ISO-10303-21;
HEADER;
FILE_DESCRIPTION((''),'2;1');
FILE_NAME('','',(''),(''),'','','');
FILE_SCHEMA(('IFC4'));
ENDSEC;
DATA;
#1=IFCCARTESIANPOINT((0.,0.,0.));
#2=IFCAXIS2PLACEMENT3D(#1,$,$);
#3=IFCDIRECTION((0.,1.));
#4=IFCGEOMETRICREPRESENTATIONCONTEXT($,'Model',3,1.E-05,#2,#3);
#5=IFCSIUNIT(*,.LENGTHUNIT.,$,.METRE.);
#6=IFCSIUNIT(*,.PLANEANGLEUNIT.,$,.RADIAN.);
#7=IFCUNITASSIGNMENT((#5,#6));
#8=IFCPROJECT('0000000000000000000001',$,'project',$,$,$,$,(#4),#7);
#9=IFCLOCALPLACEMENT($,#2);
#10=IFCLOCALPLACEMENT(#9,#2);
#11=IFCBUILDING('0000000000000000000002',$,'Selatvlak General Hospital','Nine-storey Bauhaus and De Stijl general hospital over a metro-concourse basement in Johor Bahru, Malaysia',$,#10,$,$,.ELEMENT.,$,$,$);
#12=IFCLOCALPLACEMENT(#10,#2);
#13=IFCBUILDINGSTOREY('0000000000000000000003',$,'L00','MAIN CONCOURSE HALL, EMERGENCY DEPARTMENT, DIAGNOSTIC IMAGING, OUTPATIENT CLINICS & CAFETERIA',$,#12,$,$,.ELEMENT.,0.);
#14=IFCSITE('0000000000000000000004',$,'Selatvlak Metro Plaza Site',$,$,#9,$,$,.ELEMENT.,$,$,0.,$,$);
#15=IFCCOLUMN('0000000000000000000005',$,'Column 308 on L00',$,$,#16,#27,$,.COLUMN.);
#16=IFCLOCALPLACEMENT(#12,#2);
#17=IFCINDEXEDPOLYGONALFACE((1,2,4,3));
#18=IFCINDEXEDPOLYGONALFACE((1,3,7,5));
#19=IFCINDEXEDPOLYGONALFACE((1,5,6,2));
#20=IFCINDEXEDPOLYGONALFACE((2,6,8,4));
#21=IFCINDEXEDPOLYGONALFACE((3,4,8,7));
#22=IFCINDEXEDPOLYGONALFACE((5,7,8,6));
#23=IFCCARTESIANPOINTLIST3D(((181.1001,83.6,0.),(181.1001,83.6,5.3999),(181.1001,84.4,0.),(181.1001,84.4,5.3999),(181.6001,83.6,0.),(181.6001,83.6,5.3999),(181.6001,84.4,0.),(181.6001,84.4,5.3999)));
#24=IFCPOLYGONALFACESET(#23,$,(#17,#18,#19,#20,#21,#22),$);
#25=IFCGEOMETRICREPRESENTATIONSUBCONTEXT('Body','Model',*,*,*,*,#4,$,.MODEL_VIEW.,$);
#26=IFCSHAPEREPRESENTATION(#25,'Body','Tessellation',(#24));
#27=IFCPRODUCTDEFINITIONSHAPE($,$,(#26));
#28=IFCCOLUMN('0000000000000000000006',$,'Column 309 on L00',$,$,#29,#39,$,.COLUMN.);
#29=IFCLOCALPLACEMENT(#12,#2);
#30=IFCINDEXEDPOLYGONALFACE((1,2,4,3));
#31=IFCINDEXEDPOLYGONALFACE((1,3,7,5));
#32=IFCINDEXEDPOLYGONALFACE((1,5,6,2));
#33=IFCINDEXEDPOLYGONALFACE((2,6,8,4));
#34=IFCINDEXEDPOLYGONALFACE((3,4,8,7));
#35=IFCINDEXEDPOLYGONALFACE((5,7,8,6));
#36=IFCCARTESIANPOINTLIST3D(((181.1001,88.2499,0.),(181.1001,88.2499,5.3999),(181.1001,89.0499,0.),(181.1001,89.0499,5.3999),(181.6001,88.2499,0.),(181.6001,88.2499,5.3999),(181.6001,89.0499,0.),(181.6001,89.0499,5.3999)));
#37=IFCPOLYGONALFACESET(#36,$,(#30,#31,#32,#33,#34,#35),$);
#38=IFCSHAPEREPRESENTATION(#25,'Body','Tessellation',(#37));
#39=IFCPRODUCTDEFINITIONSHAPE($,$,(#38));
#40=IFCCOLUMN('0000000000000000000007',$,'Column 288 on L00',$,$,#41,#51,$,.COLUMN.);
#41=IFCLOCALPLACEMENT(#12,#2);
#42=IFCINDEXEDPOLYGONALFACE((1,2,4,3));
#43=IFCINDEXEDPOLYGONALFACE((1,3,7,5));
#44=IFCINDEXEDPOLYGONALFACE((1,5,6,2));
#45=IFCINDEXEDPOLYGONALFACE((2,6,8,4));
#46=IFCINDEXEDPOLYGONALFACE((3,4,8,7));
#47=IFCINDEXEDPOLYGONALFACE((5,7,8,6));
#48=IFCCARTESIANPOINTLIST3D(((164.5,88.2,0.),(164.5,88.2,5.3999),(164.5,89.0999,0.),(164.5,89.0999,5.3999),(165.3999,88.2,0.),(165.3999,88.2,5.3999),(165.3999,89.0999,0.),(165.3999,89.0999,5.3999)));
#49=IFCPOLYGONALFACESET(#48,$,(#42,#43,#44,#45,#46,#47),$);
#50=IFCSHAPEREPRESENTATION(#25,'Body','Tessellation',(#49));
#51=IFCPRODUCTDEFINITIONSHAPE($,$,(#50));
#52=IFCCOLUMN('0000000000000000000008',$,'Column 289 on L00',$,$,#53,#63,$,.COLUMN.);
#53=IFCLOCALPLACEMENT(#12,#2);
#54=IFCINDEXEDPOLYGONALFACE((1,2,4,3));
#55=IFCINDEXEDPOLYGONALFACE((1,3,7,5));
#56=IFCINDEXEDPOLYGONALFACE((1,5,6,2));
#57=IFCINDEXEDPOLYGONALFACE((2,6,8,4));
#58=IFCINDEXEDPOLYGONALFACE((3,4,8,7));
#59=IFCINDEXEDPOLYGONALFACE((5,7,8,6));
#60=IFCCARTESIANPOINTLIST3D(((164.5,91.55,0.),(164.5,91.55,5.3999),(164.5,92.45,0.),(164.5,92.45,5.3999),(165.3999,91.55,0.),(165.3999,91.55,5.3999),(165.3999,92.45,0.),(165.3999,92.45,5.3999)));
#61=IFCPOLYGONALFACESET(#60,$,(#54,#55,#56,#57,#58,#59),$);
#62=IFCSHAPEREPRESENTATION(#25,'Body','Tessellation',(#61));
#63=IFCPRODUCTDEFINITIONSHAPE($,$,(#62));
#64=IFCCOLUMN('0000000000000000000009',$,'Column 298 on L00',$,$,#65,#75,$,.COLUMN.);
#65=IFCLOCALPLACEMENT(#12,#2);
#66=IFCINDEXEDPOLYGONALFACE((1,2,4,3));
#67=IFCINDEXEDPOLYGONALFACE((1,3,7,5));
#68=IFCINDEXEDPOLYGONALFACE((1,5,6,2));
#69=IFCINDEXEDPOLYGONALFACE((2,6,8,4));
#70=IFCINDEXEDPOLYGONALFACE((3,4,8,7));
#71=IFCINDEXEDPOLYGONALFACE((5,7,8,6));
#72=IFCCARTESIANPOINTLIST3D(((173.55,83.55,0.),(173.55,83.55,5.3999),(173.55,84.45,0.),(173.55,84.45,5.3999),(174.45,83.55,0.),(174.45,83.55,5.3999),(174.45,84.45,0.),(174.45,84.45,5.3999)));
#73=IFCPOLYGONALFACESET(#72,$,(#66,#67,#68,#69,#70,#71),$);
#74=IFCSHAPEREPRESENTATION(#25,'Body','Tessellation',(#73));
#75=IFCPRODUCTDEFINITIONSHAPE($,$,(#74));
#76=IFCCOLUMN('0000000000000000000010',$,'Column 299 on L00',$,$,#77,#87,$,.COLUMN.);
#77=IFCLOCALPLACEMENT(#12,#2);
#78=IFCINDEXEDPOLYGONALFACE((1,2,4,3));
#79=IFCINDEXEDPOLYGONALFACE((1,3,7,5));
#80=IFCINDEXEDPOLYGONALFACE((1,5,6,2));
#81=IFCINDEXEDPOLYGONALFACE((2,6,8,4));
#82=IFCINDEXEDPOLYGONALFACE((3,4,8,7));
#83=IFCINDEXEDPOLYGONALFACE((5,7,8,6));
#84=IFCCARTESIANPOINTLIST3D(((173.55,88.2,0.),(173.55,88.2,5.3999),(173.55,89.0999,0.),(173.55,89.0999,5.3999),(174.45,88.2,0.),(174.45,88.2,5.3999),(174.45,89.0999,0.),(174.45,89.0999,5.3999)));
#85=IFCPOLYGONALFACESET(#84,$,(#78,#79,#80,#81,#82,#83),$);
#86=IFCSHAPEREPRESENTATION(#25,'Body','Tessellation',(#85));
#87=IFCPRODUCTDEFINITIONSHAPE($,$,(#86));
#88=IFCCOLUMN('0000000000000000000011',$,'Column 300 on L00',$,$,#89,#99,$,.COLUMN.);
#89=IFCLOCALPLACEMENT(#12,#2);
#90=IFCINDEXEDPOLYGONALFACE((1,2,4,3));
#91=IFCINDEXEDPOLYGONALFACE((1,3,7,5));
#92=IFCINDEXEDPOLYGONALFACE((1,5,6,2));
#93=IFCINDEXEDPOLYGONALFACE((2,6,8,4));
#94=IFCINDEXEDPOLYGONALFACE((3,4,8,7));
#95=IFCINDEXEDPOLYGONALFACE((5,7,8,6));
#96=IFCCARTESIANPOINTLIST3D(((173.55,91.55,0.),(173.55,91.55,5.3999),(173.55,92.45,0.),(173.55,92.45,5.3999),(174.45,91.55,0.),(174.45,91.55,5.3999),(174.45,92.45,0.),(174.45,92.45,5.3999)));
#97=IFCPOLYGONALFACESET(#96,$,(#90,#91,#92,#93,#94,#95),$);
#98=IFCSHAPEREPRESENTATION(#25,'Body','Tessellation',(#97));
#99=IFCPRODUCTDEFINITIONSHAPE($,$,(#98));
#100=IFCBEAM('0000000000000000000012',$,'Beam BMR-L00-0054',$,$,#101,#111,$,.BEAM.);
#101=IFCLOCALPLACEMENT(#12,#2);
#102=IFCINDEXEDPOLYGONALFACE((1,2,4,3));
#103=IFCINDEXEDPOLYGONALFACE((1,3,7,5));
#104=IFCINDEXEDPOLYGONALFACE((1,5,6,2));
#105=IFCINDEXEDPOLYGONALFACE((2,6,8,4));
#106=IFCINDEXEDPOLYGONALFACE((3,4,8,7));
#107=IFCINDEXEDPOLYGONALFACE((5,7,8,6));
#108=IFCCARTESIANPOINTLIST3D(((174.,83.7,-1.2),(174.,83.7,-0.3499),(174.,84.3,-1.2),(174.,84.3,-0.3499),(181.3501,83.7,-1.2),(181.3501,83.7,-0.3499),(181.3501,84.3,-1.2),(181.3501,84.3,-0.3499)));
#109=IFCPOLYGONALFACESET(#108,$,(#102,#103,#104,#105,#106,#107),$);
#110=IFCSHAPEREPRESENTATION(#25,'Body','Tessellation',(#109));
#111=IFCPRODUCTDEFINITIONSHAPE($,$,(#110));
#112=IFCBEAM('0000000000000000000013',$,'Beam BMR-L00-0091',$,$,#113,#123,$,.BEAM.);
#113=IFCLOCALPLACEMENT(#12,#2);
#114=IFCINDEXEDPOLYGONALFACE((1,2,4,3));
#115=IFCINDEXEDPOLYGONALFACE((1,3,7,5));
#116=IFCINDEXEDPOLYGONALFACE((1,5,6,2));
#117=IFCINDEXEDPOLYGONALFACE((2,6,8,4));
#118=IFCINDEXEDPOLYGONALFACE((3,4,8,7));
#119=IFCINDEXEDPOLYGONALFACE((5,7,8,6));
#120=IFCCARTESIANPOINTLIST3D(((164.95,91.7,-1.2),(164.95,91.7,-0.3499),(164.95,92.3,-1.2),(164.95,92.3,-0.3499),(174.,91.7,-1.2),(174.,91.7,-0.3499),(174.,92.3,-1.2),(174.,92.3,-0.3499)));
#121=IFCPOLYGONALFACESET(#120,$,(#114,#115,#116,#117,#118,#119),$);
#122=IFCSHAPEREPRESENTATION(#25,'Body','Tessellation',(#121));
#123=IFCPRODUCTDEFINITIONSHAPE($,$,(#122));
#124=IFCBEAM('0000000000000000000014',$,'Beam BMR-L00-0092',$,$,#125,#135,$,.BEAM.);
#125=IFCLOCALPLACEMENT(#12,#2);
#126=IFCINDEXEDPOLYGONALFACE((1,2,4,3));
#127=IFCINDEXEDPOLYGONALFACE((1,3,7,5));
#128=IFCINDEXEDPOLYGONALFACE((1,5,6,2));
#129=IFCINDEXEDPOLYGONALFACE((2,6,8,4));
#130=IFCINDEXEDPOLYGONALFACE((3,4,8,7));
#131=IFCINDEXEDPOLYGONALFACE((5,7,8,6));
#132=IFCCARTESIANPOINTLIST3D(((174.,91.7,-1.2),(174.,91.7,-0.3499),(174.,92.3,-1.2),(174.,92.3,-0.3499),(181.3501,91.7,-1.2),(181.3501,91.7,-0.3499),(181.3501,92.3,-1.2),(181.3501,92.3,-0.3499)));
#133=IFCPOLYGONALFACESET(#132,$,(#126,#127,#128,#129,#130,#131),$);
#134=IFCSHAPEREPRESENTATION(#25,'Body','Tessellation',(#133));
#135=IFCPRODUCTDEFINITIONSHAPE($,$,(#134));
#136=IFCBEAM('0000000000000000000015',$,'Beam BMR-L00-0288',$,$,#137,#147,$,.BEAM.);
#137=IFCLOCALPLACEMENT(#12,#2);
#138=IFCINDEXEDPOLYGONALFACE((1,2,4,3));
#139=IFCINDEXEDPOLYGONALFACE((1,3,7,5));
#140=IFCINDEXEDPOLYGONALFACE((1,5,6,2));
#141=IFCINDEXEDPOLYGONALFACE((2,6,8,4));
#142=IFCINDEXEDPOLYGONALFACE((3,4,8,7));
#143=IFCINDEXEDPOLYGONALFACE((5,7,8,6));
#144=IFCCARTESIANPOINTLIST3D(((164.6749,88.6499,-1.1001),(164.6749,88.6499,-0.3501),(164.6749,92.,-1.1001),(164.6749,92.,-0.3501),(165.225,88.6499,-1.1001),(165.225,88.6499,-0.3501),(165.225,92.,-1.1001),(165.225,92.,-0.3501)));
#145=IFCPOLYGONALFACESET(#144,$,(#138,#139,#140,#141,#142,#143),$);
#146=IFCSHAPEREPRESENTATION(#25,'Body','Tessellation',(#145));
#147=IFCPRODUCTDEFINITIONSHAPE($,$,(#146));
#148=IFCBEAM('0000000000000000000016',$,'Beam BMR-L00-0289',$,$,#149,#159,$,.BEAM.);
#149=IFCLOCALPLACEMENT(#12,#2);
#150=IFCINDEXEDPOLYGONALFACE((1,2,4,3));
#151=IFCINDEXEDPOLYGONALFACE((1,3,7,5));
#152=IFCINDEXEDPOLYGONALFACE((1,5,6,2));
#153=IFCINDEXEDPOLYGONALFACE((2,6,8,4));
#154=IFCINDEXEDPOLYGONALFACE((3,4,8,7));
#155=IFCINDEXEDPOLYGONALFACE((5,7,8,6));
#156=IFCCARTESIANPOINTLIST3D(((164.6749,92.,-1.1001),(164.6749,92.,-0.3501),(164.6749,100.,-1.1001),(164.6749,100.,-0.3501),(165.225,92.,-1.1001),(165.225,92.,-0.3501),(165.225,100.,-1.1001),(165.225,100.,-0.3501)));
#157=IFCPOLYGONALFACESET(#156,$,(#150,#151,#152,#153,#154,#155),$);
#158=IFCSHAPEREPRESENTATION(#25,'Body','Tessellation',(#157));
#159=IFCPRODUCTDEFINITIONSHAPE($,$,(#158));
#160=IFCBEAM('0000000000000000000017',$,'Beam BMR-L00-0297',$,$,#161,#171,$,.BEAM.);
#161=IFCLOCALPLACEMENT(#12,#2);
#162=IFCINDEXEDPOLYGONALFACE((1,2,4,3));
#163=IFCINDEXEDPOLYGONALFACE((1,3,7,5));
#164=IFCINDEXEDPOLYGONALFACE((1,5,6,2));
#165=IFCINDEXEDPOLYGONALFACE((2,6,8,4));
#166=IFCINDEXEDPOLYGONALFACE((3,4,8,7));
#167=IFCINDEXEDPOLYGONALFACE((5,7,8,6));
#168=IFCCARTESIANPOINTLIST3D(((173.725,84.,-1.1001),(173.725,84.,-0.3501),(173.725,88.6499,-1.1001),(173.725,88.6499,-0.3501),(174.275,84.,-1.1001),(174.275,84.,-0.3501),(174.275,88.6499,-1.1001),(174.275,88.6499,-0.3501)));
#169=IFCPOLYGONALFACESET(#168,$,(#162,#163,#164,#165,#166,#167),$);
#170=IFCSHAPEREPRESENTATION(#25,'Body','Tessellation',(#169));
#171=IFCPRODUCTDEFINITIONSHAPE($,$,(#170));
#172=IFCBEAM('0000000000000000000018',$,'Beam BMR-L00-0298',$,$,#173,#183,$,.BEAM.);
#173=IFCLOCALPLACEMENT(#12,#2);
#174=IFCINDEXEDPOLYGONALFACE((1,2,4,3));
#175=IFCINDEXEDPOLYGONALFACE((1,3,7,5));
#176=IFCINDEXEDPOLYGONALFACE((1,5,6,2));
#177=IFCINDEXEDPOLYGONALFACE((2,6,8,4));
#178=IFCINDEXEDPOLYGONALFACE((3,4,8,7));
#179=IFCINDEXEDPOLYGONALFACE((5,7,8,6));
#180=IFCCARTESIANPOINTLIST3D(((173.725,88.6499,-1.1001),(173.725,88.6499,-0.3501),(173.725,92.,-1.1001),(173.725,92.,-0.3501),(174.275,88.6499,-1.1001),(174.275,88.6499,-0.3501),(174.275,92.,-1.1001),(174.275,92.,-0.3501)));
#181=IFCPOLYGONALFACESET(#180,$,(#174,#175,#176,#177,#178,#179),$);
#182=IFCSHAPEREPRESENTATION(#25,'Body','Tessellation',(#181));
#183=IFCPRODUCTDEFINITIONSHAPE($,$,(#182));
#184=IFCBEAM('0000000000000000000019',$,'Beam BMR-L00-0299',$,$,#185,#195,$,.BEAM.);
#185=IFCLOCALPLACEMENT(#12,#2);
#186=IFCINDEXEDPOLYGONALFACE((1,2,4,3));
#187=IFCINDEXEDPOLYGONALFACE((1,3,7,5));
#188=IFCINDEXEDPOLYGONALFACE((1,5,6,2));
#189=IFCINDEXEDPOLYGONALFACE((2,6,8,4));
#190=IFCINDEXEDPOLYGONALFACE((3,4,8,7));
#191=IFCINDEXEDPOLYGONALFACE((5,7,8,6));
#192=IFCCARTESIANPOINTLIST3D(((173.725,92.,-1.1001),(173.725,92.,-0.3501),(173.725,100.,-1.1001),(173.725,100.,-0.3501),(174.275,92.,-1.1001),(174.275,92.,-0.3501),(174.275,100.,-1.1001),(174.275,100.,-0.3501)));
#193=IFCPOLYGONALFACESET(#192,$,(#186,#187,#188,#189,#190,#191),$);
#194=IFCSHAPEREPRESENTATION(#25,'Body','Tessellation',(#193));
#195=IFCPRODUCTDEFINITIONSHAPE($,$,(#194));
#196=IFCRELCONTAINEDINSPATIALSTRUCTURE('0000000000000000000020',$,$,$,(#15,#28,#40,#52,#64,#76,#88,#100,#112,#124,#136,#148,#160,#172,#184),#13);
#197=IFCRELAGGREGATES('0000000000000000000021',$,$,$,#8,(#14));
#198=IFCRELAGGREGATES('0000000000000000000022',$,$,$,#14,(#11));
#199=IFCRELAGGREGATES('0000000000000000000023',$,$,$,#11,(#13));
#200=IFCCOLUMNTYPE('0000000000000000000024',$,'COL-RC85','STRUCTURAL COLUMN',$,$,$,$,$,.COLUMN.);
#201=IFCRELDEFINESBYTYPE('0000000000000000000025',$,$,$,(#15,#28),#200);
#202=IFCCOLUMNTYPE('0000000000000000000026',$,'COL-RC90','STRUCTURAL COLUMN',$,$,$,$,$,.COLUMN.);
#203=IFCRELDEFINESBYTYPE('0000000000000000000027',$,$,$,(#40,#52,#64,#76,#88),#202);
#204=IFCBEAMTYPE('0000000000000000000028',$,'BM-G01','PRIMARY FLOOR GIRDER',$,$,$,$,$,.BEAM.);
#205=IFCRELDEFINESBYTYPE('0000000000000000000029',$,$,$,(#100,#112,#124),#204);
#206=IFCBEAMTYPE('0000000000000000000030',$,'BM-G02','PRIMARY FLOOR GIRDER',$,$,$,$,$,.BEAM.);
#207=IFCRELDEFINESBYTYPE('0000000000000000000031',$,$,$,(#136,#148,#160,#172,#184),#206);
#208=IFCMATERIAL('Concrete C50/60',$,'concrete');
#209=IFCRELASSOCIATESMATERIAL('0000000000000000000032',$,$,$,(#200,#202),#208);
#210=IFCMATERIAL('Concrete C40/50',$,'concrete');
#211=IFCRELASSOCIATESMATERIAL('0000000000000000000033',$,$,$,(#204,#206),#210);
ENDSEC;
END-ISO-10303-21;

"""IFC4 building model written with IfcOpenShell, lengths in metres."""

from ifc_helpers import new_model, si_unit, direction, frame, origin, origin_2d, place, context, subcontext, project, spatial, rectangle, extrude, material, material_profile, profile_set, type_object, element, save


model = new_model("IFC4")

# Units and contexts
model_context = context("Model", 3, precision=1e-05, world=origin(), true_north=direction((0.0, 1.0)))
body_context = subcontext(model_context, "Body", "Model", "MODEL_VIEW")
ifc_project = project(units=[si_unit("LENGTHUNIT", "METRE"), si_unit("PLANEANGLEUNIT", "RADIAN")], contexts=[model_context])

# Site, building, storey
site_placement = place(None, origin())
site = spatial("IfcSite", under=ifc_project, at=site_placement, Name="Selatvlak Metro Plaza Site", CompositionType="ELEMENT", RefElevation=0.0)
building_placement = place(site_placement, origin())
building = spatial("IfcBuilding", under=site, at=building_placement, Name="Selatvlak General Hospital", Description="Nine-storey Bauhaus and De Stijl general hospital over a metro-concourse basement in Johor Bahru, Malaysia", CompositionType="ELEMENT")
storey_placement = place(building_placement, origin())
storey = spatial("IfcBuildingStorey", under=building, at=storey_placement, Name="L00", Description="MAIN CONCOURSE HALL, EMERGENCY DEPARTMENT, DIAGNOSTIC IMAGING, OUTPATIENT CLINICS & CAFETERIA", CompositionType="ELEMENT", Elevation=0.0)

# Columns
ifc_material_1 = material(Name="Concrete C50/60", Category="concrete")
ifc_material_profile_1 = material_profile(ifc_material_1, rectangle(XDim=0.5, YDim=0.8, at=origin_2d()), Name="RC-COL 800x500")
ifc_profile_set_1 = profile_set([ifc_material_profile_1], Name="Concrete C50/60")
column_type_1 = type_object("IfcColumnType", Name="COL-RC85", Description="STRUCTURAL COLUMN", PredefinedType="COLUMN", material=ifc_profile_set_1)
for number, where, z_axis, x_axis, name in (
    (1, (181.3501, 84.0, 0.0), (0.0, 0.0, 1.0), (1.0, 0.0, 0.0), "Column 308 on L00"),
    (2, (181.3501, 88.6499, 0.0), (0.0, 0.0, 1.0), (1.0, 0.0, 0.0), "Column 309 on L00"),
):
    element("IfcColumn", number, at=place(storey_placement, frame(where, z_axis=z_axis, x_axis=x_axis)), inside=storey, type_object=column_type_1, Name=name, PredefinedType="COLUMN", context=body_context, shape_type="SweptSolid", body=[
        extrude(rectangle(XDim=0.5, YDim=0.8, at=origin_2d()), origin(), (0.0, 0.0, 1.0), 5.3999),
    ])
ifc_material_profile_2 = material_profile(ifc_material_1, rectangle(XDim=0.8999, YDim=0.8999, at=origin_2d()), Name="RC-COL 900x900")
ifc_profile_set_2 = profile_set([ifc_material_profile_2], Name="Concrete C50/60")
column_type_2 = type_object("IfcColumnType", Name="COL-RC90", Description="STRUCTURAL COLUMN", PredefinedType="COLUMN", material=ifc_profile_set_2)
for number, where, z_axis, x_axis, name in (
    (3, (164.95, 88.6499, 0.0), (0.0, 0.0, 1.0), (1.0, 0.0, 0.0), "Column 288 on L00"),
    (4, (164.95, 92.0, 0.0), (0.0, 0.0, 1.0), (1.0, 0.0, 0.0), "Column 289 on L00"),
    (5, (174.0, 84.0, 0.0), (0.0, 0.0, 1.0), (1.0, 0.0, 0.0), "Column 298 on L00"),
    (6, (174.0, 88.6499, 0.0), (0.0, 0.0, 1.0), (1.0, 0.0, 0.0), "Column 299 on L00"),
    (7, (174.0, 92.0, 0.0), (0.0, 0.0, 1.0), (1.0, 0.0, 0.0), "Column 300 on L00"),
):
    element("IfcColumn", number, at=place(storey_placement, frame(where, z_axis=z_axis, x_axis=x_axis)), inside=storey, type_object=column_type_2, Name=name, PredefinedType="COLUMN", context=body_context, shape_type="SweptSolid", body=[
        extrude(rectangle(XDim=0.8999, YDim=0.8999, at=origin_2d()), origin(), (0.0, 0.0, 1.0), 5.3999),
    ])

# Beams
ifc_material_2 = material(Name="Concrete C40/50", Category="concrete")
ifc_material_profile_3 = material_profile(ifc_material_2, rectangle(XDim=0.6001, YDim=0.8501, at=origin_2d()), Name="RC-BM 600x850")
ifc_profile_set_3 = profile_set([ifc_material_profile_3], Name="Concrete C40/50")
beam_type_1 = type_object("IfcBeamType", Name="BM-G01", Description="PRIMARY FLOOR GIRDER", PredefinedType="BEAM", material=ifc_profile_set_3)
beam_1_placement = place(storey_placement, frame((174.0, 84.0, -0.7749), z_axis=(1.0, 0.0, 0.0), x_axis=(0.0, 1.0, 0.0)))
element("IfcBeam", 8, at=beam_1_placement, inside=storey, type_object=beam_type_1, Name="Beam BMR-L00-0054", PredefinedType="BEAM", context=body_context, shape_type="SweptSolid", body=[
    extrude(rectangle(XDim=0.6001, YDim=0.8501, at=origin_2d()), origin(), (0.0, 0.0, 1.0), 7.3501),
])
beam_2_placement = place(storey_placement, frame((164.95, 92.0, -0.7749), z_axis=(1.0, 0.0, 0.0), x_axis=(0.0, 1.0, 0.0)))
element("IfcBeam", 9, at=beam_2_placement, inside=storey, type_object=beam_type_1, Name="Beam BMR-L00-0091", PredefinedType="BEAM", context=body_context, shape_type="SweptSolid", body=[
    extrude(rectangle(XDim=0.6001, YDim=0.8501, at=origin_2d()), origin(), (0.0, 0.0, 1.0), 9.05),
])
beam_3_placement = place(storey_placement, frame((174.0, 92.0, -0.7749), z_axis=(1.0, 0.0, 0.0), x_axis=(0.0, 1.0, 0.0)))
element("IfcBeam", 10, at=beam_3_placement, inside=storey, type_object=beam_type_1, Name="Beam BMR-L00-0092", PredefinedType="BEAM", context=body_context, shape_type="SweptSolid", body=[
    extrude(rectangle(XDim=0.6001, YDim=0.8501, at=origin_2d()), origin(), (0.0, 0.0, 1.0), 7.3501),
])
ifc_material_profile_4 = material_profile(ifc_material_2, rectangle(XDim=0.55, YDim=0.75, at=origin_2d()), Name="RC-BM 550x750")
ifc_profile_set_4 = profile_set([ifc_material_profile_4], Name="Concrete C40/50")
beam_type_2 = type_object("IfcBeamType", Name="BM-G02", Description="PRIMARY FLOOR GIRDER", PredefinedType="BEAM", material=ifc_profile_set_4)
beam_4_placement = place(storey_placement, frame((164.95, 88.6499, -0.7251), z_axis=(0.0, 1.0, 0.0), x_axis=(-1.0, 0.0, 0.0)))
element("IfcBeam", 11, at=beam_4_placement, inside=storey, type_object=beam_type_2, Name="Beam BMR-L00-0288", PredefinedType="BEAM", context=body_context, shape_type="SweptSolid", body=[
    extrude(rectangle(XDim=0.55, YDim=0.75, at=origin_2d()), origin(), (0.0, 0.0, 1.0), 3.3501),
])
beam_5_placement = place(storey_placement, frame((164.95, 92.0, -0.7251), z_axis=(0.0, 1.0, 0.0), x_axis=(-1.0, 0.0, 0.0)))
element("IfcBeam", 12, at=beam_5_placement, inside=storey, type_object=beam_type_2, Name="Beam BMR-L00-0289", PredefinedType="BEAM", context=body_context, shape_type="SweptSolid", body=[
    extrude(rectangle(XDim=0.55, YDim=0.75, at=origin_2d()), origin(), (0.0, 0.0, 1.0), 8.0),
])
beam_6_placement = place(storey_placement, frame((174.0, 84.0, -0.7251), z_axis=(0.0, 1.0, 0.0), x_axis=(-1.0, 0.0, 0.0)))
element("IfcBeam", 13, at=beam_6_placement, inside=storey, type_object=beam_type_2, Name="Beam BMR-L00-0297", PredefinedType="BEAM", context=body_context, shape_type="SweptSolid", body=[
    extrude(rectangle(XDim=0.55, YDim=0.75, at=origin_2d()), origin(), (0.0, 0.0, 1.0), 4.6499),
])
beam_7_placement = place(storey_placement, frame((174.0, 88.6499, -0.7251), z_axis=(0.0, 1.0, 0.0), x_axis=(-1.0, 0.0, 0.0)))
element("IfcBeam", 14, at=beam_7_placement, inside=storey, type_object=beam_type_2, Name="Beam BMR-L00-0298", PredefinedType="BEAM", context=body_context, shape_type="SweptSolid", body=[
    extrude(rectangle(XDim=0.55, YDim=0.75, at=origin_2d()), origin(), (0.0, 0.0, 1.0), 3.3501),
])
beam_8_placement = place(storey_placement, frame((174.0, 92.0, -0.7251), z_axis=(0.0, 1.0, 0.0), x_axis=(-1.0, 0.0, 0.0)))
element("IfcBeam", 15, at=beam_8_placement, inside=storey, type_object=beam_type_2, Name="Beam BMR-L00-0299", PredefinedType="BEAM", context=body_context, shape_type="SweptSolid", body=[
    extrude(rectangle(XDim=0.55, YDim=0.75, at=origin_2d()), origin(), (0.0, 0.0, 1.0), 8.0),
])

save(model, "model.ifc")
